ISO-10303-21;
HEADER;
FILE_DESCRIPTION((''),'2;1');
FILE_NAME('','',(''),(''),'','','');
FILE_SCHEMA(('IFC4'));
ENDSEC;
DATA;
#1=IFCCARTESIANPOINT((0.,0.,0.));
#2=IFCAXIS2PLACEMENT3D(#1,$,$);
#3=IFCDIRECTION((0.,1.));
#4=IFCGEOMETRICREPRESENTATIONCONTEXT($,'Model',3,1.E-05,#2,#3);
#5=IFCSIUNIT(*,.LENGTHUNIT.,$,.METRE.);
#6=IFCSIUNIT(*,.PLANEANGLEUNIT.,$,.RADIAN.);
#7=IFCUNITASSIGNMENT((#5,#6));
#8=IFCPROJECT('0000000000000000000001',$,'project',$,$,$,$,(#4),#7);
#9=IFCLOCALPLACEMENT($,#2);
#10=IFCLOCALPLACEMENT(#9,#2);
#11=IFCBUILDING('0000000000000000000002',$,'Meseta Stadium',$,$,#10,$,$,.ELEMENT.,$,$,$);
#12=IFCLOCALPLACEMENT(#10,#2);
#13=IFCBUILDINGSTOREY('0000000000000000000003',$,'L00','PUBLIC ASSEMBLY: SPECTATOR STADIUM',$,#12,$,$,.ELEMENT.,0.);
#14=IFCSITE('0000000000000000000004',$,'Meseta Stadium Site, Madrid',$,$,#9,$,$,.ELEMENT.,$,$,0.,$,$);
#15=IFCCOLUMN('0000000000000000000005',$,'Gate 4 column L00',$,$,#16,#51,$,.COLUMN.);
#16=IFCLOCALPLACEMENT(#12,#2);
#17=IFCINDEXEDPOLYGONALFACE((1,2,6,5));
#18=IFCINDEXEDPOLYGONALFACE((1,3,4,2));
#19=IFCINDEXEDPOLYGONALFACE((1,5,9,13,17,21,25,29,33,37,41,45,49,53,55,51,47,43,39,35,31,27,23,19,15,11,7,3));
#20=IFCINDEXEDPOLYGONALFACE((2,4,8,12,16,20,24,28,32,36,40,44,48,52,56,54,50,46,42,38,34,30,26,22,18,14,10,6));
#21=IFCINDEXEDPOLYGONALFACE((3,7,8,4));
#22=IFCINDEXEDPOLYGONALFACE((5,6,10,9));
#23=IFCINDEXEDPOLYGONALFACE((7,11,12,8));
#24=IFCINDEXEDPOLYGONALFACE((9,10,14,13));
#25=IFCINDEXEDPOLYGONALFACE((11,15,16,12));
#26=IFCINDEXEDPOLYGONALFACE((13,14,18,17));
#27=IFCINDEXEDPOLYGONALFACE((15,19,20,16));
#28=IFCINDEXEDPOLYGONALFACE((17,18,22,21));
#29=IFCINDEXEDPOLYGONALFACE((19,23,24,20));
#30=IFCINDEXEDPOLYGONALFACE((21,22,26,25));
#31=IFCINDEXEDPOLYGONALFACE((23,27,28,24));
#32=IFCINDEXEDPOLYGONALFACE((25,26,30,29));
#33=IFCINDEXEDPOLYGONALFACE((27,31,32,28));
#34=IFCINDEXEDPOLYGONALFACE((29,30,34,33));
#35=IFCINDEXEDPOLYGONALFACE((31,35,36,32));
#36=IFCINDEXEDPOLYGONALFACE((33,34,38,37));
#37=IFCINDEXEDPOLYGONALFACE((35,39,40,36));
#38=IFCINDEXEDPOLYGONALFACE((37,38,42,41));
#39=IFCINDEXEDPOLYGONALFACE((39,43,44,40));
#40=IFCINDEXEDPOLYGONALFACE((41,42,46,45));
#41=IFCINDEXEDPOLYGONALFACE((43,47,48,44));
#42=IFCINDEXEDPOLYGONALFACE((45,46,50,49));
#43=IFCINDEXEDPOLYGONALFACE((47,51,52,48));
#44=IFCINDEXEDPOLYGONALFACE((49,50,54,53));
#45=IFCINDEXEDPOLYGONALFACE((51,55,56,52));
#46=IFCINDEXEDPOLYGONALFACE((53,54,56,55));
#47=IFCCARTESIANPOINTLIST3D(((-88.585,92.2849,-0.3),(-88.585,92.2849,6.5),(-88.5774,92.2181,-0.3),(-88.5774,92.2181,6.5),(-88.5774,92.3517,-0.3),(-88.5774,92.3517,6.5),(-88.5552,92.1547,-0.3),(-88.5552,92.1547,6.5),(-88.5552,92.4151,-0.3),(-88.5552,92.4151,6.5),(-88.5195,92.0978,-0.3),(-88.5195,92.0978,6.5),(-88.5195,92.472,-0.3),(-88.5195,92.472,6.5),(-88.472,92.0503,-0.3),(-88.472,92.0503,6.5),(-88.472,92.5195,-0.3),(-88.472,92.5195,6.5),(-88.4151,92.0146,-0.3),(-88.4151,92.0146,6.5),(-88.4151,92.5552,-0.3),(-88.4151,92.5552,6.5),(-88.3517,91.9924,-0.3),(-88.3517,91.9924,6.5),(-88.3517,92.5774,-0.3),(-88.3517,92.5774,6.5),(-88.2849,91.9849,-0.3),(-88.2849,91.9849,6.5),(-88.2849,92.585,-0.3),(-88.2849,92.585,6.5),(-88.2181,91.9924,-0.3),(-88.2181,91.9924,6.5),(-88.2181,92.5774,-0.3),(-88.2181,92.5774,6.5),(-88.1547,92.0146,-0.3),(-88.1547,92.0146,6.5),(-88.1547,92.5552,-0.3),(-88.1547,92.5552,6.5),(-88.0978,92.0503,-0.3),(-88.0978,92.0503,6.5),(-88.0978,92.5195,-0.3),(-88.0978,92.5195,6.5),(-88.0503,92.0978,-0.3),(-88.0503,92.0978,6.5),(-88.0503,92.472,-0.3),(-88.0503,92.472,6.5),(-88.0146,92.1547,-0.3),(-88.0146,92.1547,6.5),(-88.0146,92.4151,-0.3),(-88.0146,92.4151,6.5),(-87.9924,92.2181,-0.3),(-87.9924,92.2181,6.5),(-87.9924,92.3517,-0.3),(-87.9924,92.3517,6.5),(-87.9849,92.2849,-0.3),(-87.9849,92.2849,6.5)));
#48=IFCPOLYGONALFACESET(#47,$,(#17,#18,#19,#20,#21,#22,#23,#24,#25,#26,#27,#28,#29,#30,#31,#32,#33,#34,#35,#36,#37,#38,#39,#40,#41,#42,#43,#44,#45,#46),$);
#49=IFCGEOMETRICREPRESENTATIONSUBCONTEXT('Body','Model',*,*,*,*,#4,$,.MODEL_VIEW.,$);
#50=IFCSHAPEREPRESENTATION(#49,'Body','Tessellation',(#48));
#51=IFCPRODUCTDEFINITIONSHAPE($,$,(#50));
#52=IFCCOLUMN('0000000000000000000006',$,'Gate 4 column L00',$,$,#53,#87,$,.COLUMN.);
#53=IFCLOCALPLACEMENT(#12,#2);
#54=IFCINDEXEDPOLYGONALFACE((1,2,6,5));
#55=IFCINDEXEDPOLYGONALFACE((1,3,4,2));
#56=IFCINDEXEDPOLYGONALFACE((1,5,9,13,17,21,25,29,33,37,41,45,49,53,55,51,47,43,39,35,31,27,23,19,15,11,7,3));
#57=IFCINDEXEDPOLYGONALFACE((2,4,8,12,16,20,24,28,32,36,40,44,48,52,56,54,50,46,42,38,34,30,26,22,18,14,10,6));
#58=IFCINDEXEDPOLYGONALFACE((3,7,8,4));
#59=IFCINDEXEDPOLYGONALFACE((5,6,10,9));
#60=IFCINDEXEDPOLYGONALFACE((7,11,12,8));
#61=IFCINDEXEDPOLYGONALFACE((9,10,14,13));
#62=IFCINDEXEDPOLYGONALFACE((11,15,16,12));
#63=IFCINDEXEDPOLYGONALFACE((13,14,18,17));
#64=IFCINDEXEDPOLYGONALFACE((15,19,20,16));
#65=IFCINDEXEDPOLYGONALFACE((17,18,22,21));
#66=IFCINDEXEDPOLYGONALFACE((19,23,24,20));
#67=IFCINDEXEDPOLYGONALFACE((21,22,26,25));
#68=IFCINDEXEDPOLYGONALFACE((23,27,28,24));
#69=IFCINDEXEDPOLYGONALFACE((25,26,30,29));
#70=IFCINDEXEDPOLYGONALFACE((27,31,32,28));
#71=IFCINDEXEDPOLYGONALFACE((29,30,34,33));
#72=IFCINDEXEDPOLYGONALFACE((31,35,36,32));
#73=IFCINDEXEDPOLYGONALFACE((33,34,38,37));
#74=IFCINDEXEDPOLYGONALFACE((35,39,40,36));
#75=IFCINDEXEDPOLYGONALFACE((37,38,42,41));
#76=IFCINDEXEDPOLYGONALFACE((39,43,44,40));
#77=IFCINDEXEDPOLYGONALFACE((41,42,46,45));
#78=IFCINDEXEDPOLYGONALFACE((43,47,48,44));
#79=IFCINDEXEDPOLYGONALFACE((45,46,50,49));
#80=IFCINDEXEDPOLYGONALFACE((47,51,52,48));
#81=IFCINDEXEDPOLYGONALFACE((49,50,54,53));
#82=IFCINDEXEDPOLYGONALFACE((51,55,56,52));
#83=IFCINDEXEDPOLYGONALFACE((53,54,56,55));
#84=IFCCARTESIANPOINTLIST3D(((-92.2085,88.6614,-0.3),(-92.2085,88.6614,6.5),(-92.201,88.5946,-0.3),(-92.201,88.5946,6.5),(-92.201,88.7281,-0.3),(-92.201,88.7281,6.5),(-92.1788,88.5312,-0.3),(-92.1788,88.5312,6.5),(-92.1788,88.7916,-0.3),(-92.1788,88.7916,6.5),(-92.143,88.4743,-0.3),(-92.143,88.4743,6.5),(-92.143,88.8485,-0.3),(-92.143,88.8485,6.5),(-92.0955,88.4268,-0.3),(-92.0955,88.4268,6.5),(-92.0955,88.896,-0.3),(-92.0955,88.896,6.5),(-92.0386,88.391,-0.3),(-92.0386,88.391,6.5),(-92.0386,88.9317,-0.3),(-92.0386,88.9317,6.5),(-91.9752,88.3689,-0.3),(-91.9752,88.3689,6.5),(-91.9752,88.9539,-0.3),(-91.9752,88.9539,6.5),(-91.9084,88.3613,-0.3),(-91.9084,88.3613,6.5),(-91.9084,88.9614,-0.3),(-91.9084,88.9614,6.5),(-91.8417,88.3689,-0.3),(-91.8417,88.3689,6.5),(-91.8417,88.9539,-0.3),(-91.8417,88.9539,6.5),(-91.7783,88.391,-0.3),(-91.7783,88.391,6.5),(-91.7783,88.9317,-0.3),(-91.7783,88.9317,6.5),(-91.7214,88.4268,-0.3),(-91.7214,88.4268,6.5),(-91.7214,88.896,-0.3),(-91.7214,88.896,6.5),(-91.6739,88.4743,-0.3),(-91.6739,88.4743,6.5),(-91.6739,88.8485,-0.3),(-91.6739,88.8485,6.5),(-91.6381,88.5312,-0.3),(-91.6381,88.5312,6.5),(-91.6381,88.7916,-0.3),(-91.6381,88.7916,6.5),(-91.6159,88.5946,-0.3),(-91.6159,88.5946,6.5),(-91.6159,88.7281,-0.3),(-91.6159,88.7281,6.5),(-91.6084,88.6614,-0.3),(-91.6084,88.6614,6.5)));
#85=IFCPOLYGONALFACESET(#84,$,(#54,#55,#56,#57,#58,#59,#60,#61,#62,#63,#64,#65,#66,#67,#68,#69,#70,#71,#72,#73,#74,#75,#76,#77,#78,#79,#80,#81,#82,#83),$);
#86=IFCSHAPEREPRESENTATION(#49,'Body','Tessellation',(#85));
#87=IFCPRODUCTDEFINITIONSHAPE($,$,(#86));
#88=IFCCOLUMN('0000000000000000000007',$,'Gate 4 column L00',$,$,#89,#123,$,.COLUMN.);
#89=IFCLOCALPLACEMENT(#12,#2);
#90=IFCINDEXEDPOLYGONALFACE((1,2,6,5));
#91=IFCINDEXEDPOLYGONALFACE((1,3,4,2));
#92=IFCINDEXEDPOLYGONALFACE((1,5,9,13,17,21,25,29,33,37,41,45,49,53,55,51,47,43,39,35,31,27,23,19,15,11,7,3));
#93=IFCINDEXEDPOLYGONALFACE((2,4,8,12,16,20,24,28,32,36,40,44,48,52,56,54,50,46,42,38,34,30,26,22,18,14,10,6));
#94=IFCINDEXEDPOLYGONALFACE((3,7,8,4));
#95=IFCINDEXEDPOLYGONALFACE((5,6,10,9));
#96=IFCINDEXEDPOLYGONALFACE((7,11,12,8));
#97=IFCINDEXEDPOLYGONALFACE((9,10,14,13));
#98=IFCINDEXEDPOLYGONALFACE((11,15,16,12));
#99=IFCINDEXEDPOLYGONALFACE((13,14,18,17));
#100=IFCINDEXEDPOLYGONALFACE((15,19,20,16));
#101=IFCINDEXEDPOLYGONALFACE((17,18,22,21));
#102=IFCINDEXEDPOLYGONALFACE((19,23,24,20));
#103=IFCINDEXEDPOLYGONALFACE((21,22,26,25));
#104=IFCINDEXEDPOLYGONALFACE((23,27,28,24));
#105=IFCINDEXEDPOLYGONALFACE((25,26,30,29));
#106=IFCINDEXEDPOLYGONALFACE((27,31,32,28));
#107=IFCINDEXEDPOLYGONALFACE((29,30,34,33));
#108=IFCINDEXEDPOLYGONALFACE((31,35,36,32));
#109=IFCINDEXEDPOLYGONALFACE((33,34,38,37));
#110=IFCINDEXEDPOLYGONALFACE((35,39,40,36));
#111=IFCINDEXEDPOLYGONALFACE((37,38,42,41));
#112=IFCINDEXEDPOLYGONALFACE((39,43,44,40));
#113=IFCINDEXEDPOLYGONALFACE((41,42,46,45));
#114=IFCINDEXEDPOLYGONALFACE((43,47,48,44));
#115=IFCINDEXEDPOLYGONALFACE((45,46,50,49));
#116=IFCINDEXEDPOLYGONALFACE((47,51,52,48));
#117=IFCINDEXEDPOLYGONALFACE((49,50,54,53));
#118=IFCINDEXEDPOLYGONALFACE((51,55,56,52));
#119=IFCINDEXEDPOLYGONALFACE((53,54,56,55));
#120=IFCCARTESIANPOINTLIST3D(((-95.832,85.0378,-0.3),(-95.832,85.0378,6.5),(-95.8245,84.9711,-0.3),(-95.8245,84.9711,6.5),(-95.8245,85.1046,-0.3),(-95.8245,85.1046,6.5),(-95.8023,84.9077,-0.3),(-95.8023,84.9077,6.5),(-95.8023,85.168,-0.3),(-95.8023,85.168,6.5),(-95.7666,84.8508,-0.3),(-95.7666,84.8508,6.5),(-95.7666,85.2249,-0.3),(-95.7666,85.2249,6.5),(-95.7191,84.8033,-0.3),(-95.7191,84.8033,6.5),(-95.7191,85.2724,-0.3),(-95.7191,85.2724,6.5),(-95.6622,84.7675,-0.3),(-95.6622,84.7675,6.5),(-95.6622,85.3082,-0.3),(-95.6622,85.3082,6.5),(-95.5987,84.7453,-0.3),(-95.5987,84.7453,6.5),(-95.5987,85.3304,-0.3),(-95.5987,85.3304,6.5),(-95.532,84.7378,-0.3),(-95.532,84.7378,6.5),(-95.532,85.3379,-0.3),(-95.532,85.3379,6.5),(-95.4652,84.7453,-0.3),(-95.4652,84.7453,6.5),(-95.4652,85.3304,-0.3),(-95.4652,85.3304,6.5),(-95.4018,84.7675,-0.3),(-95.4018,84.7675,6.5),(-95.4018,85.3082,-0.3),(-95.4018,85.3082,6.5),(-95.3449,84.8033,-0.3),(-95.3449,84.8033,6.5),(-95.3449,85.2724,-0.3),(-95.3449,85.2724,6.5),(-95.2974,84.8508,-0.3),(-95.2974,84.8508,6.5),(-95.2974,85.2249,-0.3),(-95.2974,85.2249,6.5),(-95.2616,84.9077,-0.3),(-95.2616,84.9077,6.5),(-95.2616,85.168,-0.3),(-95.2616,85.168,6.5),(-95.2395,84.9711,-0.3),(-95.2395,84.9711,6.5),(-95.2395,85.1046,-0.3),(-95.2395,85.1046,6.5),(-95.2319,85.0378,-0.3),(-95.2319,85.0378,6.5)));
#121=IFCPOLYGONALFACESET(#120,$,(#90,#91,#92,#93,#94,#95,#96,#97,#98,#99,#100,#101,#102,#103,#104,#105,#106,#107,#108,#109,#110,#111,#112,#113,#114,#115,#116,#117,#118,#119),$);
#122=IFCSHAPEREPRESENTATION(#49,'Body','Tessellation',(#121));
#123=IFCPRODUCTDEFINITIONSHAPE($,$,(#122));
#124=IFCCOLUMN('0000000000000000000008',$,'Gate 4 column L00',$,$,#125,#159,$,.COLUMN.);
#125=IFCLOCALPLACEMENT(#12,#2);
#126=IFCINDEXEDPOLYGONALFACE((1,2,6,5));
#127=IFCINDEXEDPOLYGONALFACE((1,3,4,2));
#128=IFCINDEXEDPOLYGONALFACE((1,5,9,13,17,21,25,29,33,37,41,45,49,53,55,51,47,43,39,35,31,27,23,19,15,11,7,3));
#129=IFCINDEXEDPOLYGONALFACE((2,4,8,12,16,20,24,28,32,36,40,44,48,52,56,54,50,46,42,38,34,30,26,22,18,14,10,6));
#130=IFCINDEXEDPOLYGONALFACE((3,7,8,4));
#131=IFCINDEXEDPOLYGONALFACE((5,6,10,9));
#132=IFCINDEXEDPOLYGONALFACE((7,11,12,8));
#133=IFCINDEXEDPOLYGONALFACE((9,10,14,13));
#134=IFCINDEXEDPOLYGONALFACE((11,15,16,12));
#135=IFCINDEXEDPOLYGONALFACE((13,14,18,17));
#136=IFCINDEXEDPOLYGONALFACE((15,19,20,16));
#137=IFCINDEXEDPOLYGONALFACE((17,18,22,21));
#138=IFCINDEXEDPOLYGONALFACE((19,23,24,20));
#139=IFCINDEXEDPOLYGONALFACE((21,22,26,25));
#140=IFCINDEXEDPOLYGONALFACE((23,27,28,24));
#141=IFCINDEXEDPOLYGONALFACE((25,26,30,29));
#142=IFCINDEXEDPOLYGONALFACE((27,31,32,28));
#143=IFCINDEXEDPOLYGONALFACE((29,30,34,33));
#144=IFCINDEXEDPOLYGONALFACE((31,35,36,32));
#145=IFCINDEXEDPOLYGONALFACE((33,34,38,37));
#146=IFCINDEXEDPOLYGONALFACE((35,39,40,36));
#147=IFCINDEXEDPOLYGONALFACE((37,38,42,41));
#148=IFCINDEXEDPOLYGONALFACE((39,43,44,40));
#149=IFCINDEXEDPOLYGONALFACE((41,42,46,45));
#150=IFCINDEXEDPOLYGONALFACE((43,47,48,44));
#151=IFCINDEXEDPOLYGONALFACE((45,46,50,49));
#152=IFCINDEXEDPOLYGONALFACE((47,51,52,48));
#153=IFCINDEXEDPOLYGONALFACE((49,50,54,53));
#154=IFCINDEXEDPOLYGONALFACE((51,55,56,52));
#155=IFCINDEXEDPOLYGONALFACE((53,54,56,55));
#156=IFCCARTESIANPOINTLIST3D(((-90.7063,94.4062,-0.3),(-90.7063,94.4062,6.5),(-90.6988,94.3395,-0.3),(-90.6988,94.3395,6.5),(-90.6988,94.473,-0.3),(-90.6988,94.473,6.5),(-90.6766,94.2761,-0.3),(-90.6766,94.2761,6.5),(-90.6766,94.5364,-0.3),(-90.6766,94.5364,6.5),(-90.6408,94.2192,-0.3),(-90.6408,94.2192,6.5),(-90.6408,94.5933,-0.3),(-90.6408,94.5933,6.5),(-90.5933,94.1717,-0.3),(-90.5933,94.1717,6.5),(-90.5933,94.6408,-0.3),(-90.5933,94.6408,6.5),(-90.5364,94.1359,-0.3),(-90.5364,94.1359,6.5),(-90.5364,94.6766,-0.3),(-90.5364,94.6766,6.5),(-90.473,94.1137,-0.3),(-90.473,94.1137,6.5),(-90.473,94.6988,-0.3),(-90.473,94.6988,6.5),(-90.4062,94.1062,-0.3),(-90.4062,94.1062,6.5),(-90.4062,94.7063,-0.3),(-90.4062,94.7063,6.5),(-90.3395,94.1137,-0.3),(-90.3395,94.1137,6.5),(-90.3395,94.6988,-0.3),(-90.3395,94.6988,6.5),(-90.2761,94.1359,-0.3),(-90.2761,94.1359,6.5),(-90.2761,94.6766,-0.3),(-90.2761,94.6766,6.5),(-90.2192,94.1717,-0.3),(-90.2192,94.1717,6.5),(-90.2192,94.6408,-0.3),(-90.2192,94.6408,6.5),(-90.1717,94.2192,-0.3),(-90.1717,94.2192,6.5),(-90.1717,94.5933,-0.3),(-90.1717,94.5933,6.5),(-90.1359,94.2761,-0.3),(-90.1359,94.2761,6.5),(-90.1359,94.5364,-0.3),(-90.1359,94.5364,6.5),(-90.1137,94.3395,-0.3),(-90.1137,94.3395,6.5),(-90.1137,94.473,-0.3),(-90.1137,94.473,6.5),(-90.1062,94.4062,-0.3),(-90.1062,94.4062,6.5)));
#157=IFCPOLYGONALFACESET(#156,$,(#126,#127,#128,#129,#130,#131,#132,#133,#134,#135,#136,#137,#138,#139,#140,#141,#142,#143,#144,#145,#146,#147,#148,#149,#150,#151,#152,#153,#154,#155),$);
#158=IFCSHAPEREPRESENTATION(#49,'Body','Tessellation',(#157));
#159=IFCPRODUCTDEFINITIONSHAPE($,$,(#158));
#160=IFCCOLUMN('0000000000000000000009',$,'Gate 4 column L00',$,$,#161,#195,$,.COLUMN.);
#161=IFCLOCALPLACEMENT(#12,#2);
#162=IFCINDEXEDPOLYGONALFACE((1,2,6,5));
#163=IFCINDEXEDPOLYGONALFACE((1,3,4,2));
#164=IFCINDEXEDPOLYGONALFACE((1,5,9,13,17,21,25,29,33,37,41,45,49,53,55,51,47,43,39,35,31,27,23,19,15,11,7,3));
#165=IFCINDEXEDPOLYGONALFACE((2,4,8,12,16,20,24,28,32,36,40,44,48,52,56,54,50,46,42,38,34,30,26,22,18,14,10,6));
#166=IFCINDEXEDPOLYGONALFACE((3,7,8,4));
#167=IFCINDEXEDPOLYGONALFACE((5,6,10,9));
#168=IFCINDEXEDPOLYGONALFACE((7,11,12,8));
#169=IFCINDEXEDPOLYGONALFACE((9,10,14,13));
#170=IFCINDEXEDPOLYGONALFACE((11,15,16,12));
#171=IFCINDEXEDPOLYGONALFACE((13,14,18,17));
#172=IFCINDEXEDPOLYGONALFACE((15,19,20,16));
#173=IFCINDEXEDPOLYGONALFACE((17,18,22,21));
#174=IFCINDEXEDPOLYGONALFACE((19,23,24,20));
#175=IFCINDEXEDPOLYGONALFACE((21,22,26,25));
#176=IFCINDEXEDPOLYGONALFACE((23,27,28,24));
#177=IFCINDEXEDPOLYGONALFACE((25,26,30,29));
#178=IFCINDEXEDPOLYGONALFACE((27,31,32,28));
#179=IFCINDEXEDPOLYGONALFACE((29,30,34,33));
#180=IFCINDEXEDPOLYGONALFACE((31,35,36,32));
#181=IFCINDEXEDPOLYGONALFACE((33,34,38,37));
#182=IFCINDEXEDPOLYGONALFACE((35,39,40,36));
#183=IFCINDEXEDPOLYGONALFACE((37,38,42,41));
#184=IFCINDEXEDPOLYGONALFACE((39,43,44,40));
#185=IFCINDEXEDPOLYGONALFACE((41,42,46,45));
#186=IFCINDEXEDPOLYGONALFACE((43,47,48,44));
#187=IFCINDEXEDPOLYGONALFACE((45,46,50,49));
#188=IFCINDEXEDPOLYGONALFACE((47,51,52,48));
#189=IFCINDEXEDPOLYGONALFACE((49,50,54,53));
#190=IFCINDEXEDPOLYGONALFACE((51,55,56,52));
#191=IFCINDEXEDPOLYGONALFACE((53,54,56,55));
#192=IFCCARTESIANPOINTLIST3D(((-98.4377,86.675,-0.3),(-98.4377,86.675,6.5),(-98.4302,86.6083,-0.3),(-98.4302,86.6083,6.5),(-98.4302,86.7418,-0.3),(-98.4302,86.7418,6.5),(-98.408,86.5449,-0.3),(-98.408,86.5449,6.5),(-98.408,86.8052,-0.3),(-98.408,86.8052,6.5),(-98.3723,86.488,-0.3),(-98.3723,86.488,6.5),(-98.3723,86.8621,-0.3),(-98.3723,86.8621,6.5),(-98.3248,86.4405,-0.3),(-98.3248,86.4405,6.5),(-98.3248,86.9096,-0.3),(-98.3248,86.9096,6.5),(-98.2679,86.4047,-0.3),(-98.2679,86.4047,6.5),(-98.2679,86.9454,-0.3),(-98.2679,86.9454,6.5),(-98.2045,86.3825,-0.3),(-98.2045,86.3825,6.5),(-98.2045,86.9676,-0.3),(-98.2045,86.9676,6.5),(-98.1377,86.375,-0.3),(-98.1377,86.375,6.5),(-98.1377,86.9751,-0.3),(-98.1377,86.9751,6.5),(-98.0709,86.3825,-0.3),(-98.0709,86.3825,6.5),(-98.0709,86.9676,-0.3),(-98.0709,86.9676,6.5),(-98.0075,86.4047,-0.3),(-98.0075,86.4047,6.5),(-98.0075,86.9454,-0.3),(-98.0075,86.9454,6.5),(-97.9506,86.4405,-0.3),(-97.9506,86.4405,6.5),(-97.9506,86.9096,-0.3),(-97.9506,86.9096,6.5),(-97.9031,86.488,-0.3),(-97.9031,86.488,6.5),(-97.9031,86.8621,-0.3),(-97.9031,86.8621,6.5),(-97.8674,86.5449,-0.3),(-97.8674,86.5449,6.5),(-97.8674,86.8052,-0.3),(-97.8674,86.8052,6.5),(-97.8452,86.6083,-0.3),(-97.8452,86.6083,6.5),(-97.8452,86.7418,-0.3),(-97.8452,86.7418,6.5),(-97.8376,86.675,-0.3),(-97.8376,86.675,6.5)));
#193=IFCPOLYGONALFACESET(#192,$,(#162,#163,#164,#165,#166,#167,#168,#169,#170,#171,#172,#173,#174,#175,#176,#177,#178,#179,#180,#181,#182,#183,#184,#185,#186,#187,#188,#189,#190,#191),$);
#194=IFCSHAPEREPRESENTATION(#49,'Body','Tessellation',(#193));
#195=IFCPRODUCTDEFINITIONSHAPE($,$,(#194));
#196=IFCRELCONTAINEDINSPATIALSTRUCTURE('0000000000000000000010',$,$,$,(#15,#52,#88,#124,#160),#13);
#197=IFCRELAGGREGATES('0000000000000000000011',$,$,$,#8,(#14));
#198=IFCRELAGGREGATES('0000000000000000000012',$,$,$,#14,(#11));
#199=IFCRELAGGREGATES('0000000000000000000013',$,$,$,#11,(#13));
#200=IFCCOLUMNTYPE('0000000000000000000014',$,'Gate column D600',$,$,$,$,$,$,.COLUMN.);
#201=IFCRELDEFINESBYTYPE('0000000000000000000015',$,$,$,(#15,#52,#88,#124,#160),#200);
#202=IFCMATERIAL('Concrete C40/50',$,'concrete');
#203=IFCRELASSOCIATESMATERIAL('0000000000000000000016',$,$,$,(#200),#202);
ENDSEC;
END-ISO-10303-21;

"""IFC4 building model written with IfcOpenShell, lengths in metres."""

from ifc_helpers import new_model, si_unit, direction, frame, origin, origin_2d, place, context, subcontext, project, spatial, circle, extrude, material, material_profile, profile_set, type_object, element, save


model = new_model("IFC4")

# Units and contexts
model_context = context("Model", 3, precision=1e-05, world=origin(), true_north=direction((0.0, 1.0)))
body_context = subcontext(model_context, "Body", "Model", "MODEL_VIEW")
ifc_project = project(units=[si_unit("LENGTHUNIT", "METRE"), si_unit("PLANEANGLEUNIT", "RADIAN")], contexts=[model_context])

# Site, building, storey
site_placement = place(None, origin())
site = spatial("IfcSite", under=ifc_project, at=site_placement, Name="Meseta Stadium Site, Madrid", CompositionType="ELEMENT", RefElevation=0.0)
building_placement = place(site_placement, origin())
building = spatial("IfcBuilding", under=site, at=building_placement, Name="Meseta Stadium", CompositionType="ELEMENT")
storey_placement = place(building_placement, origin())
storey = spatial("IfcBuildingStorey", under=building, at=storey_placement, Name="L00", Description="PUBLIC ASSEMBLY: SPECTATOR STADIUM", CompositionType="ELEMENT", Elevation=0.0)

# Columns
ifc_material_1 = material(Name="Concrete C40/50", Category="concrete")
ifc_material_profile_1 = material_profile(ifc_material_1, circle(Radius=0.3, at=origin_2d()), Name="RC D600")
ifc_profile_set_1 = profile_set([ifc_material_profile_1], Name="Concrete C40/50")
column_type_1 = type_object("IfcColumnType", Name="Gate column D600", PredefinedType="COLUMN", material=ifc_profile_set_1)
for number, where, z_axis, x_axis, name in (
    (1, (-88.2849, 92.2849, -0.3), (0.0, 0.0, 1.0), (1.0, 0.0, 0.0), "Gate 4 column L00"),
    (2, (-91.9084, 88.6614, -0.3), (0.0, 0.0, 1.0), (1.0, 0.0, 0.0), "Gate 4 column L00"),
    (3, (-95.532, 85.0378, -0.3), (0.0, 0.0, 1.0), (1.0, 0.0, 0.0), "Gate 4 column L00"),
    (4, (-90.4062, 94.4062, -0.3), (0.0, 0.0, 1.0), (1.0, 0.0, 0.0), "Gate 4 column L00"),
    (5, (-98.1377, 86.675, -0.3), (0.0, 0.0, 1.0), (1.0, 0.0, 0.0), "Gate 4 column L00"),
):
    element("IfcColumn", number, at=place(storey_placement, frame(where, z_axis=z_axis, x_axis=x_axis)), inside=storey, type_object=column_type_1, Name=name, PredefinedType="COLUMN", context=body_context, shape_type="SweptSolid", body=[
        extrude(circle(Radius=0.3, at=origin_2d()), origin(), (0.0, 0.0, 1.0), 6.8),
    ])

save(model, "model.ifc")
